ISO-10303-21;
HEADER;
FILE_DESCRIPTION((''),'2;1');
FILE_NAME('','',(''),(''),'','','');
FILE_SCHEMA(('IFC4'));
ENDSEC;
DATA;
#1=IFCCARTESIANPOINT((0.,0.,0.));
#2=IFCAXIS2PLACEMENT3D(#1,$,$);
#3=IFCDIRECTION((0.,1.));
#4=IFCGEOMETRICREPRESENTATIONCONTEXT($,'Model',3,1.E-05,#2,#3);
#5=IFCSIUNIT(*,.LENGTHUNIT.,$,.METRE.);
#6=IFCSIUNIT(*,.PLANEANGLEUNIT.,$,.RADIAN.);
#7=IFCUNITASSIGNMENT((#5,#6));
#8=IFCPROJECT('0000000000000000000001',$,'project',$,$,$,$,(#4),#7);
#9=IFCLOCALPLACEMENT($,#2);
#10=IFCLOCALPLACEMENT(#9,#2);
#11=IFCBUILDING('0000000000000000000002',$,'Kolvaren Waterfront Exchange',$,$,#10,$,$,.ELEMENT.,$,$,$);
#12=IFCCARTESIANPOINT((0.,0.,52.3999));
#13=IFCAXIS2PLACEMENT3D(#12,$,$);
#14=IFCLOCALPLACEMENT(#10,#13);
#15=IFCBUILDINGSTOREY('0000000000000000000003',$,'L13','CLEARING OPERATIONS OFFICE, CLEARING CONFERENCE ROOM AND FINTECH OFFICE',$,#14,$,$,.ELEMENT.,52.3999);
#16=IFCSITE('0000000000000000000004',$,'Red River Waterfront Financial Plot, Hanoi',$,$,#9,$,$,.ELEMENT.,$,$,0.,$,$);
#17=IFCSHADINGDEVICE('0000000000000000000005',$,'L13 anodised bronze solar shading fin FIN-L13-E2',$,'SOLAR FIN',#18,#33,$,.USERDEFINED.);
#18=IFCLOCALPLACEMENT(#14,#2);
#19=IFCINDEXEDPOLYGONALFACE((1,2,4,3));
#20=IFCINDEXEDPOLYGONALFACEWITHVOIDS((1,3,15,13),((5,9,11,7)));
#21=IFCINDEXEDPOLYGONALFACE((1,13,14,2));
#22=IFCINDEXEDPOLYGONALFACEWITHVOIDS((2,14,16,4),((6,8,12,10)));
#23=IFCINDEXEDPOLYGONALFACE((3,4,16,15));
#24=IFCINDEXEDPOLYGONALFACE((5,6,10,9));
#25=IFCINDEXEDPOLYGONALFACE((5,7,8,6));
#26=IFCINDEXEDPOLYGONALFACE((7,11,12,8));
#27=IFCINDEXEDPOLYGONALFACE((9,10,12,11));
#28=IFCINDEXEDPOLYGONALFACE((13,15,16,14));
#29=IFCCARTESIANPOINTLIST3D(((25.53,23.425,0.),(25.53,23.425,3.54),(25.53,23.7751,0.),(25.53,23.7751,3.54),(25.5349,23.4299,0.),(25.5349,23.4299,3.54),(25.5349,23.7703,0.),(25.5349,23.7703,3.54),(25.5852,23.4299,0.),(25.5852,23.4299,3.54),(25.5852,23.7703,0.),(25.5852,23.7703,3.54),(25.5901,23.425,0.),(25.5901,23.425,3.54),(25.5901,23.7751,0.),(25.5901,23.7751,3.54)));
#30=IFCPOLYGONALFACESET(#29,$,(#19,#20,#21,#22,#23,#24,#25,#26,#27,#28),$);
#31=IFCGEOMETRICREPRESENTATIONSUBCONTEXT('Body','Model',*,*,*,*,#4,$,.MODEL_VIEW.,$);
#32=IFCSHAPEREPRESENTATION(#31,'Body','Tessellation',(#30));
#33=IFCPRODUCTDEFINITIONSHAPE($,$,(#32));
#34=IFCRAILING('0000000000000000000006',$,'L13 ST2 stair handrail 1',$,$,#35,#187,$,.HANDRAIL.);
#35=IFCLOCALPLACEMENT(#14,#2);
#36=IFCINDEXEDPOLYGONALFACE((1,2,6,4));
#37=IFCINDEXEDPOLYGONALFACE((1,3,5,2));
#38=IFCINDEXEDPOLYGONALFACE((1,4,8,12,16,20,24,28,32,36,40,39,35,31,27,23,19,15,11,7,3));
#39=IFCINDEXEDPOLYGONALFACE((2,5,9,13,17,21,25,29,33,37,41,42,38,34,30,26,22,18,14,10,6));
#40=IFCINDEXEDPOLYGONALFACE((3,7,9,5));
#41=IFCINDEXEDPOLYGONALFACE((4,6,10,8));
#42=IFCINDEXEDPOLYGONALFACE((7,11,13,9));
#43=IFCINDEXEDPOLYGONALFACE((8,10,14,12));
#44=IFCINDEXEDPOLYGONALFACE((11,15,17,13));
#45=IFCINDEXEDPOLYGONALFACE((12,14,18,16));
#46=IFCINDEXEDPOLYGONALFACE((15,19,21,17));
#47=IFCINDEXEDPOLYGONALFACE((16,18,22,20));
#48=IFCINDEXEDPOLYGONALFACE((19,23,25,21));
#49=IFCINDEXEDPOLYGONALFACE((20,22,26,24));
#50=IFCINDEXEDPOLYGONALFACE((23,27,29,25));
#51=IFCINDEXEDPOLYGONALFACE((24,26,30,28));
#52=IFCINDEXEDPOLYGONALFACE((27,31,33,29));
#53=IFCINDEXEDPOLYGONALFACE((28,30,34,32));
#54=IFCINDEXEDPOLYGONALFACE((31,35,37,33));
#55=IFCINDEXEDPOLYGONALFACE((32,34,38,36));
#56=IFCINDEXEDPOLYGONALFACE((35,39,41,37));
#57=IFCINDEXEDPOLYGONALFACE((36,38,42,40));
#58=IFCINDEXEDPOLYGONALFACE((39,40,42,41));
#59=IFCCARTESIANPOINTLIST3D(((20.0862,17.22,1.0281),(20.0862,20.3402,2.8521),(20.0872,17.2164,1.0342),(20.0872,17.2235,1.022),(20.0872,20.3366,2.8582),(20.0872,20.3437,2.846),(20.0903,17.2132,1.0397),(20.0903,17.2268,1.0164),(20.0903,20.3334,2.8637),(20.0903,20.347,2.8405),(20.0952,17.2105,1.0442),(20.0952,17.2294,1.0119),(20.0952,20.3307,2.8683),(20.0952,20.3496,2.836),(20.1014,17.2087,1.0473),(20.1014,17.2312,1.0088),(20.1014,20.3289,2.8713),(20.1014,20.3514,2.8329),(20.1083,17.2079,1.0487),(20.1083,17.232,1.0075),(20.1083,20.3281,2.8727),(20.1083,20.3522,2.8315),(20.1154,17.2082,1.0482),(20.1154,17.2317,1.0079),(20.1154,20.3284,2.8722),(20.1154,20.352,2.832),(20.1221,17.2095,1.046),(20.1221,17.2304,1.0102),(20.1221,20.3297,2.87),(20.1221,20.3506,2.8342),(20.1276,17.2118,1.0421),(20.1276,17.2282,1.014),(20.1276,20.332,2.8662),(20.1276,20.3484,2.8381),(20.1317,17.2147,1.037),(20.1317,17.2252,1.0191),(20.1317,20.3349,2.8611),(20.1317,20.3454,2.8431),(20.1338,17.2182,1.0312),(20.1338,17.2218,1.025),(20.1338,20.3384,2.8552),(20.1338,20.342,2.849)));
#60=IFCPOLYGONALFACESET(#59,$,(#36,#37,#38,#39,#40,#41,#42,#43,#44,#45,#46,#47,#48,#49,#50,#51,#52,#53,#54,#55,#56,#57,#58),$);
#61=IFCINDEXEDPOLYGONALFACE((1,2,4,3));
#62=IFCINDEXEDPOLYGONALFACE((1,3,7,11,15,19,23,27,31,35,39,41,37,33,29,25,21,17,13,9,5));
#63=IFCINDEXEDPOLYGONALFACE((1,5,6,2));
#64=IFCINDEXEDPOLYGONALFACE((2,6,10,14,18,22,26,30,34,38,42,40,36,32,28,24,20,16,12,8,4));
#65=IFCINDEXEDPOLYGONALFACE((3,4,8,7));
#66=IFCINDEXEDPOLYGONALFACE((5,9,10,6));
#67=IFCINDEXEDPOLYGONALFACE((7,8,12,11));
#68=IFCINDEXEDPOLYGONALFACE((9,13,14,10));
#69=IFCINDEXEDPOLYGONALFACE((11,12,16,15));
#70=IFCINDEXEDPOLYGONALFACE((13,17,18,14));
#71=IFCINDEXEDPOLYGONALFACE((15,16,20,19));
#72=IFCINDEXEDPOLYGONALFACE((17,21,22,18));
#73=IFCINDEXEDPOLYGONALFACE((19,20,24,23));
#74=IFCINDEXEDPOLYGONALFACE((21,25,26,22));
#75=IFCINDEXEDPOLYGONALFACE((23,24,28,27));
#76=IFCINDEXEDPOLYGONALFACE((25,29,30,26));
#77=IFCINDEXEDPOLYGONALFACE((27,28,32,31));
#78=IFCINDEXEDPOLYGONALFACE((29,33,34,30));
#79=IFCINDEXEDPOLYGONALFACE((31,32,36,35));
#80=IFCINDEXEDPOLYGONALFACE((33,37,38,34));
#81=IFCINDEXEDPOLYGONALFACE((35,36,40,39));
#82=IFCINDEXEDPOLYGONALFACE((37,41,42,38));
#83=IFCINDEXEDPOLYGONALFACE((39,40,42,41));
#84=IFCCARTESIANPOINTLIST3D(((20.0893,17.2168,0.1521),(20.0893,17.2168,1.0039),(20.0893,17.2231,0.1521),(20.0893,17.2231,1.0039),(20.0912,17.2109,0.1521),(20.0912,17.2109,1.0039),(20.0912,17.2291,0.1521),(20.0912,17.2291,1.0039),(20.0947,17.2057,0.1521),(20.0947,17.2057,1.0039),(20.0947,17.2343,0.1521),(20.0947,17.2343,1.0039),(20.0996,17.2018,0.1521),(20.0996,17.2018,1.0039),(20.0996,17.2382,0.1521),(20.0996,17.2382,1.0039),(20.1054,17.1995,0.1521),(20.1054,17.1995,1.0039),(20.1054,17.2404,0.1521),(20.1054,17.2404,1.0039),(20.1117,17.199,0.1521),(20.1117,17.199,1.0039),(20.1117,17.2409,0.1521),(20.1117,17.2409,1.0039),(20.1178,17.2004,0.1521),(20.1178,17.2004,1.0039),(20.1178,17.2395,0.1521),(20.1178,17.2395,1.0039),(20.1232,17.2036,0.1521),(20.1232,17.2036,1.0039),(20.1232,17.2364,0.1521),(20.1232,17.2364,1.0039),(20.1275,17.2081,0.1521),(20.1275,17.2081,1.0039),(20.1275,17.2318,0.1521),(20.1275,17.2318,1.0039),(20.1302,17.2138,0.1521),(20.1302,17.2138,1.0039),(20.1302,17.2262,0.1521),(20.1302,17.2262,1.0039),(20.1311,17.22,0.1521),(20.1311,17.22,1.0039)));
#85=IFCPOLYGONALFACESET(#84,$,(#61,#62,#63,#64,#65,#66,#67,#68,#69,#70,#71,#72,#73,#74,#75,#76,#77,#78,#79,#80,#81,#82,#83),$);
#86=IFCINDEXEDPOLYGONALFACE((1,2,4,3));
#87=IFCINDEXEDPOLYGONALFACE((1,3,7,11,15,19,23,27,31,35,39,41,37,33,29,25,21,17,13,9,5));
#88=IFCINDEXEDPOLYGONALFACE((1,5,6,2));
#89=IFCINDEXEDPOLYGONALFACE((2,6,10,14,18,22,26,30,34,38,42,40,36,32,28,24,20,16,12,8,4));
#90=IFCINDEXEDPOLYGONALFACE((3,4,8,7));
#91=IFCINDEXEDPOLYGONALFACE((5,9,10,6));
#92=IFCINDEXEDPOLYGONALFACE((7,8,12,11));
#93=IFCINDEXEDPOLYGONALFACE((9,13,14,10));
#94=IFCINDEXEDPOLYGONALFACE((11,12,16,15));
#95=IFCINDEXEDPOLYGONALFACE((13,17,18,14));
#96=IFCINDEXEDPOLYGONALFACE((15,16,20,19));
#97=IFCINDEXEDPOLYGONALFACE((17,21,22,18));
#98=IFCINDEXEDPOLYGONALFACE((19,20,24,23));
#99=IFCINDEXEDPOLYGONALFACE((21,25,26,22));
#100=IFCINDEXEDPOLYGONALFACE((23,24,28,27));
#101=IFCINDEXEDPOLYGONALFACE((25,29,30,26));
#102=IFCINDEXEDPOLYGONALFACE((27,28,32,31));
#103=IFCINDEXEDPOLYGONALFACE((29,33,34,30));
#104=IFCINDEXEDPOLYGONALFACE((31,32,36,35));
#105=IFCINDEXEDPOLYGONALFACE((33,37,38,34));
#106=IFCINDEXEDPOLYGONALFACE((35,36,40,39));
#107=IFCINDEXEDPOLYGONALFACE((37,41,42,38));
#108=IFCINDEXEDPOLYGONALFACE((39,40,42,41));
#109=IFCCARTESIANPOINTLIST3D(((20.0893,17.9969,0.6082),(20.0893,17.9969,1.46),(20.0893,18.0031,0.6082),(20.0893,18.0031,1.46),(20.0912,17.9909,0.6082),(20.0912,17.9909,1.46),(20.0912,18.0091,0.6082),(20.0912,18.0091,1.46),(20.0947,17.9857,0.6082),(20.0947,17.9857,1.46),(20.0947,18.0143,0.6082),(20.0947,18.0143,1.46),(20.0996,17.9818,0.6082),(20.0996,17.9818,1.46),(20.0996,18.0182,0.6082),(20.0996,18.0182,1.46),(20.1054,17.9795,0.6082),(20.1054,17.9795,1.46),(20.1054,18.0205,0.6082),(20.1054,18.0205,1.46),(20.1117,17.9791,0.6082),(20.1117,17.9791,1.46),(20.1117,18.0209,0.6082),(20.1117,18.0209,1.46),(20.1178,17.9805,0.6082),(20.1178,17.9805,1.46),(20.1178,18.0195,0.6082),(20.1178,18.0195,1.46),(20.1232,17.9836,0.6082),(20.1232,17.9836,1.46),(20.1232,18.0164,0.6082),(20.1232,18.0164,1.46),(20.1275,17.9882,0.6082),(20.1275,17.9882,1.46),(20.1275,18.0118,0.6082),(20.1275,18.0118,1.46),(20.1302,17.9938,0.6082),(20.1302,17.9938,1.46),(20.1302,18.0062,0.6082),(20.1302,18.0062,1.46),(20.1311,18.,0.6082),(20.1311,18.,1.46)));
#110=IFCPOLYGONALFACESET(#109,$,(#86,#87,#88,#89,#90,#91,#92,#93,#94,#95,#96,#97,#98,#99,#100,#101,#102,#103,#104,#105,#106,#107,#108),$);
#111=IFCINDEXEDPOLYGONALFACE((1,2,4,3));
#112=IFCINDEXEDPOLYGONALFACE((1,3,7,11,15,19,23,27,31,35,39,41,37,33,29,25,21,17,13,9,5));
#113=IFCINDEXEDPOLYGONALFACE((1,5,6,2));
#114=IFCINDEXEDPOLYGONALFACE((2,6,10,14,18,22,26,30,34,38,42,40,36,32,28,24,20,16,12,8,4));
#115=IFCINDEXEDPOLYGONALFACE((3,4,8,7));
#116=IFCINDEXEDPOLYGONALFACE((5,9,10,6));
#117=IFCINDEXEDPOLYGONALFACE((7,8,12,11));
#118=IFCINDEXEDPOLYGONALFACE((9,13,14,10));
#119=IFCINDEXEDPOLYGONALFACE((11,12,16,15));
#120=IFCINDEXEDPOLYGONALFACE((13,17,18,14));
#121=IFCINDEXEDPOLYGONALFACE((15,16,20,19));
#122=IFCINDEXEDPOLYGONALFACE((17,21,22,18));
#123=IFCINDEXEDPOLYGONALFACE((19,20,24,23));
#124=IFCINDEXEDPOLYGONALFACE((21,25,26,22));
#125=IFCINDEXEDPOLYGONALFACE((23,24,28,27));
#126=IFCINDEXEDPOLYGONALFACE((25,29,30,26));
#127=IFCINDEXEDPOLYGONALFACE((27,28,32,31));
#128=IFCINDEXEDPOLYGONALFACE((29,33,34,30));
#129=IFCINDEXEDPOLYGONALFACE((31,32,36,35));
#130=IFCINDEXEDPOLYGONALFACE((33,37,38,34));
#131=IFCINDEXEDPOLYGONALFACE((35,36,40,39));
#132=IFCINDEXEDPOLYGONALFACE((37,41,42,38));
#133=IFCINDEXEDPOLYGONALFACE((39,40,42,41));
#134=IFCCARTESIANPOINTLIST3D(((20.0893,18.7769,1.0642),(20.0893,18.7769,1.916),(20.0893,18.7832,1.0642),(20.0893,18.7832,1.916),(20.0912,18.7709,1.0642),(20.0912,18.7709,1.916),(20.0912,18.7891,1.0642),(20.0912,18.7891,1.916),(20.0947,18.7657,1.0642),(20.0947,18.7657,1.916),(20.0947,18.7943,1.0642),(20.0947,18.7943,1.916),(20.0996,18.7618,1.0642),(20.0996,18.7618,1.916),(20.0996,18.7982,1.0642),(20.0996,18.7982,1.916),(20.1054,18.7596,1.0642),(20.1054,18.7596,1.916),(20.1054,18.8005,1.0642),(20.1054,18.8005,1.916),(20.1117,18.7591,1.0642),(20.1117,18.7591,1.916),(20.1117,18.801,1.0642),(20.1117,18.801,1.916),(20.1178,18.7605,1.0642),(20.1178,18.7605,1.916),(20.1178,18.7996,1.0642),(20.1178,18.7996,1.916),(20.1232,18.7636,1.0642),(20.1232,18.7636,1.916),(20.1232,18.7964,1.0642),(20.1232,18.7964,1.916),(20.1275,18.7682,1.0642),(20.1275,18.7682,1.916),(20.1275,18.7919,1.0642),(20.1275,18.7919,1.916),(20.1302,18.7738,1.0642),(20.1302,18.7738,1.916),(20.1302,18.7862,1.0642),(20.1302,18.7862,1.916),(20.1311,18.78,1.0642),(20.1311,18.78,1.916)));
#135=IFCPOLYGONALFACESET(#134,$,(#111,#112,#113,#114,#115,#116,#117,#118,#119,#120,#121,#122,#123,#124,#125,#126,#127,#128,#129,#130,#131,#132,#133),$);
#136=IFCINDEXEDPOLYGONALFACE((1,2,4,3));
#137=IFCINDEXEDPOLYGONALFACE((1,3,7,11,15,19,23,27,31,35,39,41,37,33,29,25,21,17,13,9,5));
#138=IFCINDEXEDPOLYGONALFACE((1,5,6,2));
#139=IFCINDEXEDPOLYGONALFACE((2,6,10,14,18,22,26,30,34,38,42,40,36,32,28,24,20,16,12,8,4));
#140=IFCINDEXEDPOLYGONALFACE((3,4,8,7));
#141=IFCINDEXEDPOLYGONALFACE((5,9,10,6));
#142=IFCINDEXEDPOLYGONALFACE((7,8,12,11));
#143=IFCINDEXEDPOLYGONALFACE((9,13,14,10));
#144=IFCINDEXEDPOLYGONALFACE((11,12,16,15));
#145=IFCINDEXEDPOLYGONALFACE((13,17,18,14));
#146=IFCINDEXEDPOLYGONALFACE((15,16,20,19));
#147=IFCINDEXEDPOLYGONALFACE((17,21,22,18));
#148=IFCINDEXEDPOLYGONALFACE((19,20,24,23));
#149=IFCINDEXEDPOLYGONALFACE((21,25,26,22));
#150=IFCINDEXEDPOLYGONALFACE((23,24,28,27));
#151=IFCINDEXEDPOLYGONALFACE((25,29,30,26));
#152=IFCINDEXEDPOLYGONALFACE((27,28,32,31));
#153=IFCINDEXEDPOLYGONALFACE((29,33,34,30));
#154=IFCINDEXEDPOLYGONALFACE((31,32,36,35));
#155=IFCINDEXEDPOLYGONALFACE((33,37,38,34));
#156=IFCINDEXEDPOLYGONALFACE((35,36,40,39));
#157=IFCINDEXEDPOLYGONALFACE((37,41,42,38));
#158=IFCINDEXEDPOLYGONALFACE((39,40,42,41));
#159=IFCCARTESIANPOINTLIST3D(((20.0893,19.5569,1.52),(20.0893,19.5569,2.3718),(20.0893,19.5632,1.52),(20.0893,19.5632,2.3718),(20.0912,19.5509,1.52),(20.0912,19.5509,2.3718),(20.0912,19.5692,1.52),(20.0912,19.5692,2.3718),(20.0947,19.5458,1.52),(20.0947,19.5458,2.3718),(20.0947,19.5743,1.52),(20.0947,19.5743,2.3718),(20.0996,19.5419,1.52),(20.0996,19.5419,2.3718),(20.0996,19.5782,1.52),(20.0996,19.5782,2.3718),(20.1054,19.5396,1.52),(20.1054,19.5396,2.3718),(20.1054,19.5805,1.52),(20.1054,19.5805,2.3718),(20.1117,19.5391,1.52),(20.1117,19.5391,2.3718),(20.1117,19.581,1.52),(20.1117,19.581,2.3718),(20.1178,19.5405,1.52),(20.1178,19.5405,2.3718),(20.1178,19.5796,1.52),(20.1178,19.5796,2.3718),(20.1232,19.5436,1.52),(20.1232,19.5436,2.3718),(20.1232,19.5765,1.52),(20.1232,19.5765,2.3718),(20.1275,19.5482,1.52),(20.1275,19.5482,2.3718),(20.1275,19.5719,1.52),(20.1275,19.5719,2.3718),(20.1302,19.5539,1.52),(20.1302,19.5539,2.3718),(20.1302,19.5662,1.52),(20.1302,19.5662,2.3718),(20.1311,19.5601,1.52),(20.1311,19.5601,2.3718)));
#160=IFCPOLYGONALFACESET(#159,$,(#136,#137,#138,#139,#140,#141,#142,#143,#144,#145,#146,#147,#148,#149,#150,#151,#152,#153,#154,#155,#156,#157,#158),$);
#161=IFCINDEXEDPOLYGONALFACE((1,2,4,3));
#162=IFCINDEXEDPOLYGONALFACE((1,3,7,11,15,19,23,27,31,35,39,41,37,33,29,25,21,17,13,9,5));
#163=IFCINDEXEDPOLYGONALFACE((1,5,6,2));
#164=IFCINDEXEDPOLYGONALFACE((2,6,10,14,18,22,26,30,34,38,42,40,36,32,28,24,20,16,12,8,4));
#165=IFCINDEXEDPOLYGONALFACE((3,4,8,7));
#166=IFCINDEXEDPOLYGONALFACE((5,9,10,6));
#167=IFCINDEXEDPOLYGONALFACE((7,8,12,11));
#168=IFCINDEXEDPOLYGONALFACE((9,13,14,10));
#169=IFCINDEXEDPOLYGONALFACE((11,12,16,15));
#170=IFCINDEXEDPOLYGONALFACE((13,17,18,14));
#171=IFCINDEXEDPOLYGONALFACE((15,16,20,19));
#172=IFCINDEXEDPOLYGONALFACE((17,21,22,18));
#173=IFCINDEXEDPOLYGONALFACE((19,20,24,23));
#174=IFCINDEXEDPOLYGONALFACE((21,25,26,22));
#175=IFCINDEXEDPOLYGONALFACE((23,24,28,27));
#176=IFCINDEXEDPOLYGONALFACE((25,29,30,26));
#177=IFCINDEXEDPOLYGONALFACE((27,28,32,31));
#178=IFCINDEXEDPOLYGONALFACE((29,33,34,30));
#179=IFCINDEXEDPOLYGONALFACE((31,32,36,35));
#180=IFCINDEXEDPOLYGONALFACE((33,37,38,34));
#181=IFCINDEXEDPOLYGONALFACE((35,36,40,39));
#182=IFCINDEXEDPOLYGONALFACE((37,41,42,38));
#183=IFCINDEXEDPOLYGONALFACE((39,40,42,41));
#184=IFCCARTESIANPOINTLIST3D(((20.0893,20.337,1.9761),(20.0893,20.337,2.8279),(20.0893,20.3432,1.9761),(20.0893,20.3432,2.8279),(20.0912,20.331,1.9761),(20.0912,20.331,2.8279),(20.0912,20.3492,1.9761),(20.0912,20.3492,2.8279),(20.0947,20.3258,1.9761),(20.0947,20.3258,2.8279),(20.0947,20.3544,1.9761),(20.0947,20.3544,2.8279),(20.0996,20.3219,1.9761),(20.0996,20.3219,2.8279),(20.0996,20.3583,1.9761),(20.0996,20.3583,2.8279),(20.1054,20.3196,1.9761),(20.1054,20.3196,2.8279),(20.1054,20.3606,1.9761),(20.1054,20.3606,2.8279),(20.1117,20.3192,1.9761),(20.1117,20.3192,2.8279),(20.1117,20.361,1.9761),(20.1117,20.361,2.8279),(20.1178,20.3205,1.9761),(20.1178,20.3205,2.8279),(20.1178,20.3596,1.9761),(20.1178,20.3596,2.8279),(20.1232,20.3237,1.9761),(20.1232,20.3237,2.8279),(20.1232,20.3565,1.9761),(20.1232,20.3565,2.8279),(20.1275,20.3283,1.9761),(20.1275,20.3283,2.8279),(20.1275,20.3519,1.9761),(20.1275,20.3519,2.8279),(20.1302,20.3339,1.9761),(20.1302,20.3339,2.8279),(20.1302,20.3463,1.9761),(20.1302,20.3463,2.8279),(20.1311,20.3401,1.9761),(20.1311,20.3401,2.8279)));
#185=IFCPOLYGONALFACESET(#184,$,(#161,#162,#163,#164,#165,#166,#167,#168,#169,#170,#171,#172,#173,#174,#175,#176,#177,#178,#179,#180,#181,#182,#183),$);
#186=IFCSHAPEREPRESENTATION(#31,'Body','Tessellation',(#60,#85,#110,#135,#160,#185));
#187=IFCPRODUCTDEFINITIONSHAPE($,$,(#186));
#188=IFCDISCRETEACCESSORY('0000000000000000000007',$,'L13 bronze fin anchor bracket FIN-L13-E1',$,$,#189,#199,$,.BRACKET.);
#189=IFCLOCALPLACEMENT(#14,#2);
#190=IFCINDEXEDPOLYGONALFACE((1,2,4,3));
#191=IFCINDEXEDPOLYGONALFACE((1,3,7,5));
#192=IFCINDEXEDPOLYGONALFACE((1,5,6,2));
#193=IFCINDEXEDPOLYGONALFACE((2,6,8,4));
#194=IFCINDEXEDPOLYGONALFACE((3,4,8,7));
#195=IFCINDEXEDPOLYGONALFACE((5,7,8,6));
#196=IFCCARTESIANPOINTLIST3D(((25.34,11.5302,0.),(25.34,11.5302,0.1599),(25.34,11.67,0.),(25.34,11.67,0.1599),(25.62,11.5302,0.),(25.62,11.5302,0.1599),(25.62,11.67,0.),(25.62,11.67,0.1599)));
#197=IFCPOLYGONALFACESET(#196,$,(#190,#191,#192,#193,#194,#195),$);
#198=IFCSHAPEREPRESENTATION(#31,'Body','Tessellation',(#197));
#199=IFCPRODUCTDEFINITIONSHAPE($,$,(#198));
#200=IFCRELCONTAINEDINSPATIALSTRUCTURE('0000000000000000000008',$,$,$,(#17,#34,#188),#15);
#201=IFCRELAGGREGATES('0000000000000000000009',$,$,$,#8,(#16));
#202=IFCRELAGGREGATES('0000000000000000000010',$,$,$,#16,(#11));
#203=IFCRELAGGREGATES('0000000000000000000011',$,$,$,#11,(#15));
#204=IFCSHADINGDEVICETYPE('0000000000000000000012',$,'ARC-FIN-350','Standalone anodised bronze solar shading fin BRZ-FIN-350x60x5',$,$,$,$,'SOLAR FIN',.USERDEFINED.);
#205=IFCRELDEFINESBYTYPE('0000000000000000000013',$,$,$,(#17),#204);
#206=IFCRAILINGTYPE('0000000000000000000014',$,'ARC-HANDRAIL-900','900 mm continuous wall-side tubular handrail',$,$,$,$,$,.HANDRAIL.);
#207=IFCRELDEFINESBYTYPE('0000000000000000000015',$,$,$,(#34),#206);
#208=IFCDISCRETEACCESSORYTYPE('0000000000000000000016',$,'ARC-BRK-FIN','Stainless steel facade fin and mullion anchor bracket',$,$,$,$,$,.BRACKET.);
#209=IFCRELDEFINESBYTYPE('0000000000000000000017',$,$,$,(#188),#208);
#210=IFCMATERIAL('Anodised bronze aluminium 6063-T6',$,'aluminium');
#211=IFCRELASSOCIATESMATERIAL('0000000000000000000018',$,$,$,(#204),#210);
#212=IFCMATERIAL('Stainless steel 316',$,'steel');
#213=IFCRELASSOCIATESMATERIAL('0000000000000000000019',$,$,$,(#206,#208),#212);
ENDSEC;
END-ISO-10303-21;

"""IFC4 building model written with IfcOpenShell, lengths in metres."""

from ifc_helpers import new_model, si_unit, direction, frame, origin, origin_with_axes, origin_2d, place, context, subcontext, project, spatial, rectangle, hollow_rectangle, circle, extrude, source, transform, mapped, material, material_profile, profile_set, type_object, element, save


model = new_model("IFC4")

# Units and contexts
model_context = context("Model", 3, precision=1e-05, world=origin(), true_north=direction((0.0, 1.0)))
body_context = subcontext(model_context, "Body", "Model", "MODEL_VIEW")
ifc_project = project(units=[si_unit("LENGTHUNIT", "METRE"), si_unit("PLANEANGLEUNIT", "RADIAN")], contexts=[model_context])

# Site, building, storey
site_placement = place(None, origin())
site = spatial("IfcSite", under=ifc_project, at=site_placement, Name="Red River Waterfront Financial Plot, Hanoi", CompositionType="ELEMENT", RefElevation=0.0)
building_placement = place(site_placement, origin())
building = spatial("IfcBuilding", under=site, at=building_placement, Name="Kolvaren Waterfront Exchange", CompositionType="ELEMENT")
storey_placement = place(building_placement, frame((0.0, 0.0, 52.3999)))
storey = spatial("IfcBuildingStorey", under=building, at=storey_placement, Name="L13", Description="CLEARING OPERATIONS OFFICE, CLEARING CONFERENCE ROOM AND FINTECH OFFICE", CompositionType="ELEMENT", Elevation=52.3999)

# Shared definitions
ifc_material_1 = material(Name="Anodised bronze aluminium 6063-T6", Category="aluminium")

# Shading device
ifc_material_profile_1 = material_profile(ifc_material_1, hollow_rectangle(XDim=0.0601, YDim=0.3501, WallThickness=0.0049, at=origin_2d()), Name="BRZ-FIN-350x60x5")
ifc_profile_set_1 = profile_set([ifc_material_profile_1], Name="Anodised bronze aluminium 6063-T6")
shading_device_type = type_object("IfcShadingDeviceType", Name="ARC-FIN-350", Description="Standalone anodised bronze solar shading fin BRZ-FIN-350x60x5", ElementType="SOLAR FIN", PredefinedType="USERDEFINED", material=ifc_profile_set_1)
for number, where, z_axis, x_axis, name in (
    (1, (25.5601, 23.6001, 0.0), (0.0, 0.0, 1.0), (1.0, 0.0, 0.0), "L13 anodised bronze solar shading fin FIN-L13-E2"),
):
    element("IfcShadingDevice", number, at=place(storey_placement, frame(where, z_axis=z_axis, x_axis=x_axis)), inside=storey, type_object=shading_device_type, Name=name, ObjectType="SOLAR FIN", PredefinedType="USERDEFINED", context=body_context, shape_type="SweptSolid", body=[
        extrude(hollow_rectangle(XDim=0.0601, YDim=0.3501, WallThickness=0.0049, at=origin_2d()), origin(), (0.0, 0.0, 1.0), 3.54),
    ])

# Railing
ifc_material_2 = material(Name="Stainless steel 316", Category="steel")
railing_type = type_object("IfcRailingType", Name="ARC-HANDRAIL-900", Description="900 mm continuous wall-side tubular handrail", PredefinedType="HANDRAIL", material=ifc_material_2)
railing_placement = place(storey_placement, frame((20.1101, 17.22, 0.1521)))
element("IfcRailing", 2, at=railing_placement, inside=storey, type_object=railing_type, Name="L13 ST2 stair handrail 1", PredefinedType="HANDRAIL", context=body_context, shape_type="SweptSolid", body=[
    extrude(circle(Radius=0.0239, at=origin_2d()), frame((0.0, 0.0, 0.876), z_axis=(0.0, 0.863308, 0.504677), x_axis=(-1.0, 0.0, 0.0)), (0.0, 0.0, 1.0), 3.6143),
    extrude(circle(Radius=0.021, at=origin_2d()), origin(), (0.0, 0.0, 1.0), 0.8518),
    extrude(circle(Radius=0.021, at=origin_2d()), frame((0.0, 0.78, 0.4561)), (0.0, 0.0, 1.0), 0.8518),
    extrude(circle(Radius=0.021, at=origin_2d()), frame((0.0, 1.5601, 0.9121)), (0.0, 0.0, 1.0), 0.8518),
    extrude(circle(Radius=0.021, at=origin_2d()), frame((0.0, 2.3401, 1.3679)), (0.0, 0.0, 1.0), 0.8518),
    extrude(circle(Radius=0.021, at=origin_2d()), frame((0.0, 3.1201, 1.824)), (0.0, 0.0, 1.0), 0.8518),
])

# Discrete accessory
discrete_accessory_type = type_object("IfcDiscreteAccessoryType", Name="ARC-BRK-FIN", Description="Stainless steel facade fin and mullion anchor bracket", PredefinedType="BRACKET", material=ifc_material_2)
shared_shape_1 = source(origin_with_axes(), body_context, "Body", "SweptSolid", [
    extrude(rectangle(XDim=0.28, YDim=0.1399, at=origin_2d()), origin(), (0.0, 0.0, 1.0), 0.1599),
])
for number, where, z_axis, x_axis, name in (
    (3, (25.48, 11.6001, 0.0), (0.0, 0.0, 1.0), (1.0, 0.0, 0.0), "L13 bronze fin anchor bracket FIN-L13-E1"),
):
    element("IfcDiscreteAccessory", number, at=place(storey_placement, frame(where, z_axis=z_axis, x_axis=x_axis)), inside=storey, type_object=discrete_accessory_type, Name=name, PredefinedType="BRACKET", context=body_context, shape_type="MappedRepresentation", body=[
        mapped(shared_shape_1, transform((0.0, 0.0, 0.0), x_axis=(1.0, 0.0, 0.0), y_axis=(0.0, 1.0, 0.0), z_axis=(0.0, 0.0, 1.0), scale=1.0)),
    ])

save(model, "model.ifc")
